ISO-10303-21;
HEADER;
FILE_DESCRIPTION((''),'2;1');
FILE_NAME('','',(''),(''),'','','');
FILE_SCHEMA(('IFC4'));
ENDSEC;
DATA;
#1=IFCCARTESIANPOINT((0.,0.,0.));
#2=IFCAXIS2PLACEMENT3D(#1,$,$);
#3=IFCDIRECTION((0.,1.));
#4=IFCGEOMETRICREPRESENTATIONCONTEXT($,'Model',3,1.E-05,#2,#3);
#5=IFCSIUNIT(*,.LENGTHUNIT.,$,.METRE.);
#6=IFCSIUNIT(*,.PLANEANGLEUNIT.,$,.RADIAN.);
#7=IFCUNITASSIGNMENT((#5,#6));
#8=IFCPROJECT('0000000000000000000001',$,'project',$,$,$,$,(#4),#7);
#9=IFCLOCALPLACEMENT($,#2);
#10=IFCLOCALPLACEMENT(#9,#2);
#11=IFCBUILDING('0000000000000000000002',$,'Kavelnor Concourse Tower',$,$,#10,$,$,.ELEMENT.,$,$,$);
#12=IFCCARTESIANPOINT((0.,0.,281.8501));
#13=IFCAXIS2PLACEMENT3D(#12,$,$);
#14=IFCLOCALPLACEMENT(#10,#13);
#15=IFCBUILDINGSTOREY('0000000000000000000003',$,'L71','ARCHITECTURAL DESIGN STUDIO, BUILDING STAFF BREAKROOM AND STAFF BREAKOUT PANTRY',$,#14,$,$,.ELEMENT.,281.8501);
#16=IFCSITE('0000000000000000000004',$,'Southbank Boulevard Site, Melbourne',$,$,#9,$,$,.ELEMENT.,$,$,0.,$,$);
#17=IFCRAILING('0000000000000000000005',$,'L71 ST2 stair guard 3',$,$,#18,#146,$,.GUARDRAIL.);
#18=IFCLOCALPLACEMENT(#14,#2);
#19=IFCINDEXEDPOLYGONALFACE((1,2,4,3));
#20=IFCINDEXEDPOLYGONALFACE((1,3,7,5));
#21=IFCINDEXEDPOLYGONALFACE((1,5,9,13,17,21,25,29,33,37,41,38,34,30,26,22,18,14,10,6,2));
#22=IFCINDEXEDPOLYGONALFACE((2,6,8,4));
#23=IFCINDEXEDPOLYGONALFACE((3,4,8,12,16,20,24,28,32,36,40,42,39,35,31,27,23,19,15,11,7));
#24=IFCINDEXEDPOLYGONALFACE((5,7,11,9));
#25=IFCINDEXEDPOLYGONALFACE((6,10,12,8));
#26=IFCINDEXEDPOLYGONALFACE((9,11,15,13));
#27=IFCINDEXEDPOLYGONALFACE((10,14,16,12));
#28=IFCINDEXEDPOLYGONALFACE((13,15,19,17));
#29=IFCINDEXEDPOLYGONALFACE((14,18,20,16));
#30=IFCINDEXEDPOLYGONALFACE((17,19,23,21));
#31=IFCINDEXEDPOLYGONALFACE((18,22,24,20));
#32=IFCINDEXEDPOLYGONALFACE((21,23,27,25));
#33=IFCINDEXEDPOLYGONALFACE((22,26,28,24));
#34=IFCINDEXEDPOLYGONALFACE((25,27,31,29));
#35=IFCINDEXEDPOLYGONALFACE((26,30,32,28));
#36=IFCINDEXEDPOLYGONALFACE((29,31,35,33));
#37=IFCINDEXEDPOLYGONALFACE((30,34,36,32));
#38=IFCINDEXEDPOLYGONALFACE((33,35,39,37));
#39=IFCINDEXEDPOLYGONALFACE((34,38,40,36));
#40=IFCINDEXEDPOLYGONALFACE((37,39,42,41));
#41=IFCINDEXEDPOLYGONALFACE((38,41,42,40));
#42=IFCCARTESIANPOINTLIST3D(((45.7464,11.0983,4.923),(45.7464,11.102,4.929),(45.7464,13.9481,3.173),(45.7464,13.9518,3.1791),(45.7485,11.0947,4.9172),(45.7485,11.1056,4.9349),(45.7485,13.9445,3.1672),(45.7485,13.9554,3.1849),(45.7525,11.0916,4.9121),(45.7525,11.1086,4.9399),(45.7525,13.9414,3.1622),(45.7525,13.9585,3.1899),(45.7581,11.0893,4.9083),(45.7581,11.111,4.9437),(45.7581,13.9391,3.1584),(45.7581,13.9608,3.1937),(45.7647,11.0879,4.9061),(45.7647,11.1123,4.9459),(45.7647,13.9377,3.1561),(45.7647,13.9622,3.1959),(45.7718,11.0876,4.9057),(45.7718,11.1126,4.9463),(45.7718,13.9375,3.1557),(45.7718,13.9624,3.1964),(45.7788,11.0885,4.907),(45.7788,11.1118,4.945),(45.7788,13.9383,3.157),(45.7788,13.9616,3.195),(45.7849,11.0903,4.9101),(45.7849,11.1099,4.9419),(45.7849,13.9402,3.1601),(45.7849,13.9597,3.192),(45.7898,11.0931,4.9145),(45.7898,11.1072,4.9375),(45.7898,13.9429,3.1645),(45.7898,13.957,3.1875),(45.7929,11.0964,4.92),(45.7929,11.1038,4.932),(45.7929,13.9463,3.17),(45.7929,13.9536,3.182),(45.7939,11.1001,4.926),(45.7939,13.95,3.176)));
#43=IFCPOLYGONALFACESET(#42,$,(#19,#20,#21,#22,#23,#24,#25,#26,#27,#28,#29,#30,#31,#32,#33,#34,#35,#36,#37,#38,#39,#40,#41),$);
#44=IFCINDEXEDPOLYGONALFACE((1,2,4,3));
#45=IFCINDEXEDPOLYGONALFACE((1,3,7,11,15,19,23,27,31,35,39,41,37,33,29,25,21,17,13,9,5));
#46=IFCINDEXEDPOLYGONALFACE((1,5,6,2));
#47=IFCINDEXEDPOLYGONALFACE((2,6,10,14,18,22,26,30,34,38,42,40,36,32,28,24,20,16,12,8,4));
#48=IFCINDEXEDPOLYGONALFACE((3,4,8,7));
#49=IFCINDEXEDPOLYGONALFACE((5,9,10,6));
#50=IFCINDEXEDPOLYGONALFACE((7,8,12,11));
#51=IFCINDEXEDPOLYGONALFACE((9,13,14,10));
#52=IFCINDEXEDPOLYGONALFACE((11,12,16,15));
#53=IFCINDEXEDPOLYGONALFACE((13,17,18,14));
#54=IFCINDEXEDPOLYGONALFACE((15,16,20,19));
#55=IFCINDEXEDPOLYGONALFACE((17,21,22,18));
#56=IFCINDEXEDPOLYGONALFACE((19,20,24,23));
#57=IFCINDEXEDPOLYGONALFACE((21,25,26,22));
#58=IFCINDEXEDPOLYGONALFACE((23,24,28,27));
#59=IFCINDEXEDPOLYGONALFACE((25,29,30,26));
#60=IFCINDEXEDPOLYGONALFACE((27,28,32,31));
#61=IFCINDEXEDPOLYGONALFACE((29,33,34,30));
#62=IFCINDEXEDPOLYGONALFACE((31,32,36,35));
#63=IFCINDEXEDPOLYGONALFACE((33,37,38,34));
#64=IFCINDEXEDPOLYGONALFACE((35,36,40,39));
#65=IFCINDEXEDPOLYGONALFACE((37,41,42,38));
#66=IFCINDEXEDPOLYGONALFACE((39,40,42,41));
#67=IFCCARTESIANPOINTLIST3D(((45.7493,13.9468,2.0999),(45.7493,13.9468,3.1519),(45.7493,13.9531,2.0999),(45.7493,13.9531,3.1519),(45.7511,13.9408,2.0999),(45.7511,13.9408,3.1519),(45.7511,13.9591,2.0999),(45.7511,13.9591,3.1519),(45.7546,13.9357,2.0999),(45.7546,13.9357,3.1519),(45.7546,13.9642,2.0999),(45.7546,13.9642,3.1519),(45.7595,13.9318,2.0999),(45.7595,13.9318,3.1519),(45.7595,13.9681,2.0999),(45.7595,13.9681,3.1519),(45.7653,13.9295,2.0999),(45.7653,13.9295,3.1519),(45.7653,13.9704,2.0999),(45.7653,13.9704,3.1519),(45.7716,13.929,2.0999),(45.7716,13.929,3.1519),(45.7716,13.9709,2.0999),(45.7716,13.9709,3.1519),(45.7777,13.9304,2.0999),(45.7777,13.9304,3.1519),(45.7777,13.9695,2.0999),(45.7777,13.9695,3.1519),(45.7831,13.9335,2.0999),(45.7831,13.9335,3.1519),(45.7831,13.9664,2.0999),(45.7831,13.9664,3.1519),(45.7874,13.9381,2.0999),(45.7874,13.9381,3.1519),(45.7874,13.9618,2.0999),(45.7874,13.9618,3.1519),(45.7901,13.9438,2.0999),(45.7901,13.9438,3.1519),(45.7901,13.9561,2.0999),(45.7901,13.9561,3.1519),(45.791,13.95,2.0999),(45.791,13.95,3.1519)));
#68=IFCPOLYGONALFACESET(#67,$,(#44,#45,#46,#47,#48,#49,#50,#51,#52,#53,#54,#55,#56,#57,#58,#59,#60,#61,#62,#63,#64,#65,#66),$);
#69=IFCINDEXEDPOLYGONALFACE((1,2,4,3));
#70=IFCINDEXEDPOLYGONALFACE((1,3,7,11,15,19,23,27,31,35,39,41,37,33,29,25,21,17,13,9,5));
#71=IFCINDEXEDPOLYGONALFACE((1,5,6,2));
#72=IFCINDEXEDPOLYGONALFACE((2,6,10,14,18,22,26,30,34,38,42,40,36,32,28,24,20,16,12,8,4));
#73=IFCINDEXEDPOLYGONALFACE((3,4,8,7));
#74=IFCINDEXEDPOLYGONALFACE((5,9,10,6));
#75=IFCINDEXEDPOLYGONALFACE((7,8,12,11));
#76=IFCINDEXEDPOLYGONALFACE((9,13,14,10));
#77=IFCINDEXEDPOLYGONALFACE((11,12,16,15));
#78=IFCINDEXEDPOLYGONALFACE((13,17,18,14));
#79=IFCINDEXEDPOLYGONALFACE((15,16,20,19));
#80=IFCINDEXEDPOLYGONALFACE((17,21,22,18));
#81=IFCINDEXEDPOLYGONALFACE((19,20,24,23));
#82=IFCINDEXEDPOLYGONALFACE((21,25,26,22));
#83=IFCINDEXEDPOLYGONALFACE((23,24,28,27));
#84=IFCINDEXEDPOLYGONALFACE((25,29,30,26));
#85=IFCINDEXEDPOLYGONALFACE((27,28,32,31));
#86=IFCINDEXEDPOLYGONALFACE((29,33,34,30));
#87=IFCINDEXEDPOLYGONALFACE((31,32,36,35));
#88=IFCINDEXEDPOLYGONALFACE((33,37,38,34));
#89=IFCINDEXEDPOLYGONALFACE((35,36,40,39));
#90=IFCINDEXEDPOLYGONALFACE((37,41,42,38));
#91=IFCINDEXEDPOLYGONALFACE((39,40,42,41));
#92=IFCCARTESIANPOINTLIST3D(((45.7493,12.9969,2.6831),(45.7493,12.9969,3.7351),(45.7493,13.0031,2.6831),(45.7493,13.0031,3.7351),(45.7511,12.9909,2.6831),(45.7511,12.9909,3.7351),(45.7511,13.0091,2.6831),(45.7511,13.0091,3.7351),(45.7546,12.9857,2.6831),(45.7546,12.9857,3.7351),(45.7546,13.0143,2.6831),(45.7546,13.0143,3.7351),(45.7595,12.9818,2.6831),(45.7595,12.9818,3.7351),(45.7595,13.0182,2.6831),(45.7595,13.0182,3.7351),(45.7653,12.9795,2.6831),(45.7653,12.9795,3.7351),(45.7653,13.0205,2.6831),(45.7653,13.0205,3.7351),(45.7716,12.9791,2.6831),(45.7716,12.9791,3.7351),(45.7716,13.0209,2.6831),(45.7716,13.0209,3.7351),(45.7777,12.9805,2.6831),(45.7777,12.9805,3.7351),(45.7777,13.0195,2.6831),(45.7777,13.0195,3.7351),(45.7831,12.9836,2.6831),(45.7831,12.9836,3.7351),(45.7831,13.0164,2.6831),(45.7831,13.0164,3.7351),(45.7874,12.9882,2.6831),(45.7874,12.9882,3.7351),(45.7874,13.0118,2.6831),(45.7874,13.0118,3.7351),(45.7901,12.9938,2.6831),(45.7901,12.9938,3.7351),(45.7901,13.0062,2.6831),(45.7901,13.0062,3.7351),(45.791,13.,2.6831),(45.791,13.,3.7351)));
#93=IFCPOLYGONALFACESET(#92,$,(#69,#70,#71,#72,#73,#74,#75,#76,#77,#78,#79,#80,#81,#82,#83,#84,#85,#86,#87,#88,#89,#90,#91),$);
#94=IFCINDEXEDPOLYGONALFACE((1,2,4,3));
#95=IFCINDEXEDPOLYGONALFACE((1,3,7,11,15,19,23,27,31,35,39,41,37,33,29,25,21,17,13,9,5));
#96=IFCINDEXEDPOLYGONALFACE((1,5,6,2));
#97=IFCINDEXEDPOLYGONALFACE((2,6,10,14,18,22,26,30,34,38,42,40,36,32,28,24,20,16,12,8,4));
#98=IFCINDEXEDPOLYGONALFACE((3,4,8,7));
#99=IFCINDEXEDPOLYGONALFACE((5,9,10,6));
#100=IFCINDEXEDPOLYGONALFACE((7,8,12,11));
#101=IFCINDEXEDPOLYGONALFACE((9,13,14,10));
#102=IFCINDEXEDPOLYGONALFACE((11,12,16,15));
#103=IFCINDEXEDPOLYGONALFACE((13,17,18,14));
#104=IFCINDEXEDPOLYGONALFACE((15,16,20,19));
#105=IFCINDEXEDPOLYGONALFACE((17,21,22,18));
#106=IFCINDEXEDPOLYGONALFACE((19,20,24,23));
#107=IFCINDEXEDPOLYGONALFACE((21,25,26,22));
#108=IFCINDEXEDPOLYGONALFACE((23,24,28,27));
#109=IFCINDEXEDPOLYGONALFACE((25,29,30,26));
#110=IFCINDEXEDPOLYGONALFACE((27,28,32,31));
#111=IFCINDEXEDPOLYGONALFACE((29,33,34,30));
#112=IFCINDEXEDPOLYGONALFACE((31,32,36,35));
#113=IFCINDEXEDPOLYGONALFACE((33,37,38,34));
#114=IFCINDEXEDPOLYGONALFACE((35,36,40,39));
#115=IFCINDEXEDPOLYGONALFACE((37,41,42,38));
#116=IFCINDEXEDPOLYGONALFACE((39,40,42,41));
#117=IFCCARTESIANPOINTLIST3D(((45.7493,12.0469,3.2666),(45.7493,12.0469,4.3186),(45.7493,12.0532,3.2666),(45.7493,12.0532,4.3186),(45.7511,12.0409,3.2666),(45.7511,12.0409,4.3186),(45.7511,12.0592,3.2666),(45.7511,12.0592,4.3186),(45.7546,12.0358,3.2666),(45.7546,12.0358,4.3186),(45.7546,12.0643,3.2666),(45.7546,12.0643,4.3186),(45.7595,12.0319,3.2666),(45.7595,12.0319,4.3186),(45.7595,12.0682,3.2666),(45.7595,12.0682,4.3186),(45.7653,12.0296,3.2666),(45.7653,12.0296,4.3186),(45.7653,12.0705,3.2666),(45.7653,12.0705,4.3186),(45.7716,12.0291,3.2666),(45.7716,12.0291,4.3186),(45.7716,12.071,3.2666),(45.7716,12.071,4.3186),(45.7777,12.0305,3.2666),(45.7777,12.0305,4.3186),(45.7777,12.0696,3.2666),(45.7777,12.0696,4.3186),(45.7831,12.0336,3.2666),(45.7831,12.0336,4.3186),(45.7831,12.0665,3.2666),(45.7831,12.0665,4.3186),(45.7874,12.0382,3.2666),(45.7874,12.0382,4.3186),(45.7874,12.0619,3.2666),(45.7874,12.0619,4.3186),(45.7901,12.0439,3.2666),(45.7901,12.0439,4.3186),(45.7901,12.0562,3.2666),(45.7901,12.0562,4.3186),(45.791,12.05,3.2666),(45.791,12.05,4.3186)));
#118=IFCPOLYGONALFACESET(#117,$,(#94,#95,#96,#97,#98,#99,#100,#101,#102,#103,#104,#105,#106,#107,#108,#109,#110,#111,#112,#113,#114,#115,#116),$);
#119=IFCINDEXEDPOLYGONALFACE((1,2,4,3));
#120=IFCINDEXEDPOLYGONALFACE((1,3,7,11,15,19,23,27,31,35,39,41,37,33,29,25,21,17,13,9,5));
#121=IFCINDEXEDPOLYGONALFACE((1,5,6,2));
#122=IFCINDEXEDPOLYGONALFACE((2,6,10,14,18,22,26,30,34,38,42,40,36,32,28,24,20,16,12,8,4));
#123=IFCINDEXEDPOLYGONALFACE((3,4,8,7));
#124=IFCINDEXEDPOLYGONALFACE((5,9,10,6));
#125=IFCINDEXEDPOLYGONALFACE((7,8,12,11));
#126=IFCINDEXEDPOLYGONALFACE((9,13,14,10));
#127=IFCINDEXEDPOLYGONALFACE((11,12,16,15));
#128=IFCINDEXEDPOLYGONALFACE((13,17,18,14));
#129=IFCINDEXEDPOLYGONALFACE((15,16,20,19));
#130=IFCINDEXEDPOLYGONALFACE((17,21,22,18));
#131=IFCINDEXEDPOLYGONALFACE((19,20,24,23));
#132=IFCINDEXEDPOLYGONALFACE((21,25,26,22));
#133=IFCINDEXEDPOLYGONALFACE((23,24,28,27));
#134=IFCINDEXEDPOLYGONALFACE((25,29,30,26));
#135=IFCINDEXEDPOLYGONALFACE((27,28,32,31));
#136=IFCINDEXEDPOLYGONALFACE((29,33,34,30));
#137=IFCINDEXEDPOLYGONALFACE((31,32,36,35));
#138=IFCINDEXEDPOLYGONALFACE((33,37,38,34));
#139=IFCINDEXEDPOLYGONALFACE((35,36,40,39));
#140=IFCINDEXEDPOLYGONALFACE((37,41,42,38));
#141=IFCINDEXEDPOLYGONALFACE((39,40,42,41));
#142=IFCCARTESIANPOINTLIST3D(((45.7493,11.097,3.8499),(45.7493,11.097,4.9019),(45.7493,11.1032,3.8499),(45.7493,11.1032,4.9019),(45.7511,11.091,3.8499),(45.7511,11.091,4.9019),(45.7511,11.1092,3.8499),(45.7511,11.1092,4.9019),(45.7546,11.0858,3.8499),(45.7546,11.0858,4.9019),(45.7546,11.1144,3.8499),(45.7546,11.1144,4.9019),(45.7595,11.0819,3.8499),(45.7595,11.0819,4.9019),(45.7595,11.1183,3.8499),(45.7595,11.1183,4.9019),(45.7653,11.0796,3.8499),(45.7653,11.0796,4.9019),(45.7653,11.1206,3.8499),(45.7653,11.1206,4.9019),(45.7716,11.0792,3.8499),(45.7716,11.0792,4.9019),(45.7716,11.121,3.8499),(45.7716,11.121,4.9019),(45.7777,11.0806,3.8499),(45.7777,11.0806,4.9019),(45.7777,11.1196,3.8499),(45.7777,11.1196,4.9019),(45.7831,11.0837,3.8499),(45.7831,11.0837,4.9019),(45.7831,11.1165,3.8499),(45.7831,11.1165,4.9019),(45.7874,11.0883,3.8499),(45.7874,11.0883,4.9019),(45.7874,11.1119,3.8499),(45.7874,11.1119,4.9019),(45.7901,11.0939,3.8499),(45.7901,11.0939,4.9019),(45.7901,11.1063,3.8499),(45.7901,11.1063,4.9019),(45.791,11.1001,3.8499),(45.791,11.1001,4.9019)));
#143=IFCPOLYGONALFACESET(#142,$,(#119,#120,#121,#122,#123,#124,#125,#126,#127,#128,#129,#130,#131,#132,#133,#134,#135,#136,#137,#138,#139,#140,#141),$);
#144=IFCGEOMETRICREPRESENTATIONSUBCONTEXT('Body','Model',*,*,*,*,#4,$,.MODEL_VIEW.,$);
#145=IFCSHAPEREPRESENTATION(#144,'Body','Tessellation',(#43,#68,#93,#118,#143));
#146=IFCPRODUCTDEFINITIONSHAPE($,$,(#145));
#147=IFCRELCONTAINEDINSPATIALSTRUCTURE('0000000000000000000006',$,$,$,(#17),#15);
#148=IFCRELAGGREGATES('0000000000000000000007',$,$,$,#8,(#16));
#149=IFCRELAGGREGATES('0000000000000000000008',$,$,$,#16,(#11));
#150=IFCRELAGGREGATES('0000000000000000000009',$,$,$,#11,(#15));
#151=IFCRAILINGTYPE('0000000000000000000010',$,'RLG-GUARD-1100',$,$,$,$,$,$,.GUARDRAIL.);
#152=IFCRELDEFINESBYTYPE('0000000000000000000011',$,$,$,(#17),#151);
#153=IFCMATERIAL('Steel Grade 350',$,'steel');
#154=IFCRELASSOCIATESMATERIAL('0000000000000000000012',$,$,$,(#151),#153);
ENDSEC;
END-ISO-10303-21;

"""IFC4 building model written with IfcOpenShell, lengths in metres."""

from ifc_helpers import new_model, si_unit, direction, frame, origin, origin_2d, place, context, subcontext, project, spatial, circle, extrude, material, type_object, element, save


model = new_model("IFC4")

# Units and contexts
model_context = context("Model", 3, precision=1e-05, world=origin(), true_north=direction((0.0, 1.0)))
body_context = subcontext(model_context, "Body", "Model", "MODEL_VIEW")
ifc_project = project(units=[si_unit("LENGTHUNIT", "METRE"), si_unit("PLANEANGLEUNIT", "RADIAN")], contexts=[model_context])

# Site, building, storey
site_placement = place(None, origin())
site = spatial("IfcSite", under=ifc_project, at=site_placement, Name="Southbank Boulevard Site, Melbourne", CompositionType="ELEMENT", RefElevation=0.0)
building_placement = place(site_placement, origin())
building = spatial("IfcBuilding", under=site, at=building_placement, Name="Kavelnor Concourse Tower", CompositionType="ELEMENT")
storey_placement = place(building_placement, frame((0.0, 0.0, 281.8501)))
storey = spatial("IfcBuildingStorey", under=building, at=storey_placement, Name="L71", Description="ARCHITECTURAL DESIGN STUDIO, BUILDING STAFF BREAKROOM AND STAFF BREAKOUT PANTRY", CompositionType="ELEMENT", Elevation=281.8501)

# Shared definitions
ifc_material_1 = material(Name="Steel Grade 350", Category="steel")

# Railing
railing_type_1 = type_object("IfcRailingType", Name="RLG-GUARD-1100", PredefinedType="GUARDRAIL", material=ifc_material_1)
railing_1_placement = place(storey_placement, frame((45.77, 13.95, 2.0999)))
element("IfcRailing", 1, at=railing_1_placement, inside=storey, type_object=railing_type_1, Name="L71 ST2 stair guard 3", PredefinedType="GUARDRAIL", context=body_context, shape_type="SweptSolid", body=[
    extrude(circle(Radius=0.0239, at=origin_2d()), frame((0.0, 0.0, 1.0762), z_axis=(0.0, -0.852159, 0.523283), x_axis=(1.0, 0.0, 0.0)), (0.0, 0.0, 1.0), 3.3442),
    extrude(circle(Radius=0.021, at=origin_2d()), origin(), (0.0, 0.0, 1.0), 1.052),
    extrude(circle(Radius=0.021, at=origin_2d()), frame((0.0, -0.95, 0.5833)), (0.0, 0.0, 1.0), 1.052),
    extrude(circle(Radius=0.021, at=origin_2d()), frame((0.0, -1.8999, 1.1667)), (0.0, 0.0, 1.0), 1.052),
    extrude(circle(Radius=0.021, at=origin_2d()), frame((0.0, -2.8499, 1.75)), (0.0, 0.0, 1.0), 1.052),
])

save(model, "model.ifc")
